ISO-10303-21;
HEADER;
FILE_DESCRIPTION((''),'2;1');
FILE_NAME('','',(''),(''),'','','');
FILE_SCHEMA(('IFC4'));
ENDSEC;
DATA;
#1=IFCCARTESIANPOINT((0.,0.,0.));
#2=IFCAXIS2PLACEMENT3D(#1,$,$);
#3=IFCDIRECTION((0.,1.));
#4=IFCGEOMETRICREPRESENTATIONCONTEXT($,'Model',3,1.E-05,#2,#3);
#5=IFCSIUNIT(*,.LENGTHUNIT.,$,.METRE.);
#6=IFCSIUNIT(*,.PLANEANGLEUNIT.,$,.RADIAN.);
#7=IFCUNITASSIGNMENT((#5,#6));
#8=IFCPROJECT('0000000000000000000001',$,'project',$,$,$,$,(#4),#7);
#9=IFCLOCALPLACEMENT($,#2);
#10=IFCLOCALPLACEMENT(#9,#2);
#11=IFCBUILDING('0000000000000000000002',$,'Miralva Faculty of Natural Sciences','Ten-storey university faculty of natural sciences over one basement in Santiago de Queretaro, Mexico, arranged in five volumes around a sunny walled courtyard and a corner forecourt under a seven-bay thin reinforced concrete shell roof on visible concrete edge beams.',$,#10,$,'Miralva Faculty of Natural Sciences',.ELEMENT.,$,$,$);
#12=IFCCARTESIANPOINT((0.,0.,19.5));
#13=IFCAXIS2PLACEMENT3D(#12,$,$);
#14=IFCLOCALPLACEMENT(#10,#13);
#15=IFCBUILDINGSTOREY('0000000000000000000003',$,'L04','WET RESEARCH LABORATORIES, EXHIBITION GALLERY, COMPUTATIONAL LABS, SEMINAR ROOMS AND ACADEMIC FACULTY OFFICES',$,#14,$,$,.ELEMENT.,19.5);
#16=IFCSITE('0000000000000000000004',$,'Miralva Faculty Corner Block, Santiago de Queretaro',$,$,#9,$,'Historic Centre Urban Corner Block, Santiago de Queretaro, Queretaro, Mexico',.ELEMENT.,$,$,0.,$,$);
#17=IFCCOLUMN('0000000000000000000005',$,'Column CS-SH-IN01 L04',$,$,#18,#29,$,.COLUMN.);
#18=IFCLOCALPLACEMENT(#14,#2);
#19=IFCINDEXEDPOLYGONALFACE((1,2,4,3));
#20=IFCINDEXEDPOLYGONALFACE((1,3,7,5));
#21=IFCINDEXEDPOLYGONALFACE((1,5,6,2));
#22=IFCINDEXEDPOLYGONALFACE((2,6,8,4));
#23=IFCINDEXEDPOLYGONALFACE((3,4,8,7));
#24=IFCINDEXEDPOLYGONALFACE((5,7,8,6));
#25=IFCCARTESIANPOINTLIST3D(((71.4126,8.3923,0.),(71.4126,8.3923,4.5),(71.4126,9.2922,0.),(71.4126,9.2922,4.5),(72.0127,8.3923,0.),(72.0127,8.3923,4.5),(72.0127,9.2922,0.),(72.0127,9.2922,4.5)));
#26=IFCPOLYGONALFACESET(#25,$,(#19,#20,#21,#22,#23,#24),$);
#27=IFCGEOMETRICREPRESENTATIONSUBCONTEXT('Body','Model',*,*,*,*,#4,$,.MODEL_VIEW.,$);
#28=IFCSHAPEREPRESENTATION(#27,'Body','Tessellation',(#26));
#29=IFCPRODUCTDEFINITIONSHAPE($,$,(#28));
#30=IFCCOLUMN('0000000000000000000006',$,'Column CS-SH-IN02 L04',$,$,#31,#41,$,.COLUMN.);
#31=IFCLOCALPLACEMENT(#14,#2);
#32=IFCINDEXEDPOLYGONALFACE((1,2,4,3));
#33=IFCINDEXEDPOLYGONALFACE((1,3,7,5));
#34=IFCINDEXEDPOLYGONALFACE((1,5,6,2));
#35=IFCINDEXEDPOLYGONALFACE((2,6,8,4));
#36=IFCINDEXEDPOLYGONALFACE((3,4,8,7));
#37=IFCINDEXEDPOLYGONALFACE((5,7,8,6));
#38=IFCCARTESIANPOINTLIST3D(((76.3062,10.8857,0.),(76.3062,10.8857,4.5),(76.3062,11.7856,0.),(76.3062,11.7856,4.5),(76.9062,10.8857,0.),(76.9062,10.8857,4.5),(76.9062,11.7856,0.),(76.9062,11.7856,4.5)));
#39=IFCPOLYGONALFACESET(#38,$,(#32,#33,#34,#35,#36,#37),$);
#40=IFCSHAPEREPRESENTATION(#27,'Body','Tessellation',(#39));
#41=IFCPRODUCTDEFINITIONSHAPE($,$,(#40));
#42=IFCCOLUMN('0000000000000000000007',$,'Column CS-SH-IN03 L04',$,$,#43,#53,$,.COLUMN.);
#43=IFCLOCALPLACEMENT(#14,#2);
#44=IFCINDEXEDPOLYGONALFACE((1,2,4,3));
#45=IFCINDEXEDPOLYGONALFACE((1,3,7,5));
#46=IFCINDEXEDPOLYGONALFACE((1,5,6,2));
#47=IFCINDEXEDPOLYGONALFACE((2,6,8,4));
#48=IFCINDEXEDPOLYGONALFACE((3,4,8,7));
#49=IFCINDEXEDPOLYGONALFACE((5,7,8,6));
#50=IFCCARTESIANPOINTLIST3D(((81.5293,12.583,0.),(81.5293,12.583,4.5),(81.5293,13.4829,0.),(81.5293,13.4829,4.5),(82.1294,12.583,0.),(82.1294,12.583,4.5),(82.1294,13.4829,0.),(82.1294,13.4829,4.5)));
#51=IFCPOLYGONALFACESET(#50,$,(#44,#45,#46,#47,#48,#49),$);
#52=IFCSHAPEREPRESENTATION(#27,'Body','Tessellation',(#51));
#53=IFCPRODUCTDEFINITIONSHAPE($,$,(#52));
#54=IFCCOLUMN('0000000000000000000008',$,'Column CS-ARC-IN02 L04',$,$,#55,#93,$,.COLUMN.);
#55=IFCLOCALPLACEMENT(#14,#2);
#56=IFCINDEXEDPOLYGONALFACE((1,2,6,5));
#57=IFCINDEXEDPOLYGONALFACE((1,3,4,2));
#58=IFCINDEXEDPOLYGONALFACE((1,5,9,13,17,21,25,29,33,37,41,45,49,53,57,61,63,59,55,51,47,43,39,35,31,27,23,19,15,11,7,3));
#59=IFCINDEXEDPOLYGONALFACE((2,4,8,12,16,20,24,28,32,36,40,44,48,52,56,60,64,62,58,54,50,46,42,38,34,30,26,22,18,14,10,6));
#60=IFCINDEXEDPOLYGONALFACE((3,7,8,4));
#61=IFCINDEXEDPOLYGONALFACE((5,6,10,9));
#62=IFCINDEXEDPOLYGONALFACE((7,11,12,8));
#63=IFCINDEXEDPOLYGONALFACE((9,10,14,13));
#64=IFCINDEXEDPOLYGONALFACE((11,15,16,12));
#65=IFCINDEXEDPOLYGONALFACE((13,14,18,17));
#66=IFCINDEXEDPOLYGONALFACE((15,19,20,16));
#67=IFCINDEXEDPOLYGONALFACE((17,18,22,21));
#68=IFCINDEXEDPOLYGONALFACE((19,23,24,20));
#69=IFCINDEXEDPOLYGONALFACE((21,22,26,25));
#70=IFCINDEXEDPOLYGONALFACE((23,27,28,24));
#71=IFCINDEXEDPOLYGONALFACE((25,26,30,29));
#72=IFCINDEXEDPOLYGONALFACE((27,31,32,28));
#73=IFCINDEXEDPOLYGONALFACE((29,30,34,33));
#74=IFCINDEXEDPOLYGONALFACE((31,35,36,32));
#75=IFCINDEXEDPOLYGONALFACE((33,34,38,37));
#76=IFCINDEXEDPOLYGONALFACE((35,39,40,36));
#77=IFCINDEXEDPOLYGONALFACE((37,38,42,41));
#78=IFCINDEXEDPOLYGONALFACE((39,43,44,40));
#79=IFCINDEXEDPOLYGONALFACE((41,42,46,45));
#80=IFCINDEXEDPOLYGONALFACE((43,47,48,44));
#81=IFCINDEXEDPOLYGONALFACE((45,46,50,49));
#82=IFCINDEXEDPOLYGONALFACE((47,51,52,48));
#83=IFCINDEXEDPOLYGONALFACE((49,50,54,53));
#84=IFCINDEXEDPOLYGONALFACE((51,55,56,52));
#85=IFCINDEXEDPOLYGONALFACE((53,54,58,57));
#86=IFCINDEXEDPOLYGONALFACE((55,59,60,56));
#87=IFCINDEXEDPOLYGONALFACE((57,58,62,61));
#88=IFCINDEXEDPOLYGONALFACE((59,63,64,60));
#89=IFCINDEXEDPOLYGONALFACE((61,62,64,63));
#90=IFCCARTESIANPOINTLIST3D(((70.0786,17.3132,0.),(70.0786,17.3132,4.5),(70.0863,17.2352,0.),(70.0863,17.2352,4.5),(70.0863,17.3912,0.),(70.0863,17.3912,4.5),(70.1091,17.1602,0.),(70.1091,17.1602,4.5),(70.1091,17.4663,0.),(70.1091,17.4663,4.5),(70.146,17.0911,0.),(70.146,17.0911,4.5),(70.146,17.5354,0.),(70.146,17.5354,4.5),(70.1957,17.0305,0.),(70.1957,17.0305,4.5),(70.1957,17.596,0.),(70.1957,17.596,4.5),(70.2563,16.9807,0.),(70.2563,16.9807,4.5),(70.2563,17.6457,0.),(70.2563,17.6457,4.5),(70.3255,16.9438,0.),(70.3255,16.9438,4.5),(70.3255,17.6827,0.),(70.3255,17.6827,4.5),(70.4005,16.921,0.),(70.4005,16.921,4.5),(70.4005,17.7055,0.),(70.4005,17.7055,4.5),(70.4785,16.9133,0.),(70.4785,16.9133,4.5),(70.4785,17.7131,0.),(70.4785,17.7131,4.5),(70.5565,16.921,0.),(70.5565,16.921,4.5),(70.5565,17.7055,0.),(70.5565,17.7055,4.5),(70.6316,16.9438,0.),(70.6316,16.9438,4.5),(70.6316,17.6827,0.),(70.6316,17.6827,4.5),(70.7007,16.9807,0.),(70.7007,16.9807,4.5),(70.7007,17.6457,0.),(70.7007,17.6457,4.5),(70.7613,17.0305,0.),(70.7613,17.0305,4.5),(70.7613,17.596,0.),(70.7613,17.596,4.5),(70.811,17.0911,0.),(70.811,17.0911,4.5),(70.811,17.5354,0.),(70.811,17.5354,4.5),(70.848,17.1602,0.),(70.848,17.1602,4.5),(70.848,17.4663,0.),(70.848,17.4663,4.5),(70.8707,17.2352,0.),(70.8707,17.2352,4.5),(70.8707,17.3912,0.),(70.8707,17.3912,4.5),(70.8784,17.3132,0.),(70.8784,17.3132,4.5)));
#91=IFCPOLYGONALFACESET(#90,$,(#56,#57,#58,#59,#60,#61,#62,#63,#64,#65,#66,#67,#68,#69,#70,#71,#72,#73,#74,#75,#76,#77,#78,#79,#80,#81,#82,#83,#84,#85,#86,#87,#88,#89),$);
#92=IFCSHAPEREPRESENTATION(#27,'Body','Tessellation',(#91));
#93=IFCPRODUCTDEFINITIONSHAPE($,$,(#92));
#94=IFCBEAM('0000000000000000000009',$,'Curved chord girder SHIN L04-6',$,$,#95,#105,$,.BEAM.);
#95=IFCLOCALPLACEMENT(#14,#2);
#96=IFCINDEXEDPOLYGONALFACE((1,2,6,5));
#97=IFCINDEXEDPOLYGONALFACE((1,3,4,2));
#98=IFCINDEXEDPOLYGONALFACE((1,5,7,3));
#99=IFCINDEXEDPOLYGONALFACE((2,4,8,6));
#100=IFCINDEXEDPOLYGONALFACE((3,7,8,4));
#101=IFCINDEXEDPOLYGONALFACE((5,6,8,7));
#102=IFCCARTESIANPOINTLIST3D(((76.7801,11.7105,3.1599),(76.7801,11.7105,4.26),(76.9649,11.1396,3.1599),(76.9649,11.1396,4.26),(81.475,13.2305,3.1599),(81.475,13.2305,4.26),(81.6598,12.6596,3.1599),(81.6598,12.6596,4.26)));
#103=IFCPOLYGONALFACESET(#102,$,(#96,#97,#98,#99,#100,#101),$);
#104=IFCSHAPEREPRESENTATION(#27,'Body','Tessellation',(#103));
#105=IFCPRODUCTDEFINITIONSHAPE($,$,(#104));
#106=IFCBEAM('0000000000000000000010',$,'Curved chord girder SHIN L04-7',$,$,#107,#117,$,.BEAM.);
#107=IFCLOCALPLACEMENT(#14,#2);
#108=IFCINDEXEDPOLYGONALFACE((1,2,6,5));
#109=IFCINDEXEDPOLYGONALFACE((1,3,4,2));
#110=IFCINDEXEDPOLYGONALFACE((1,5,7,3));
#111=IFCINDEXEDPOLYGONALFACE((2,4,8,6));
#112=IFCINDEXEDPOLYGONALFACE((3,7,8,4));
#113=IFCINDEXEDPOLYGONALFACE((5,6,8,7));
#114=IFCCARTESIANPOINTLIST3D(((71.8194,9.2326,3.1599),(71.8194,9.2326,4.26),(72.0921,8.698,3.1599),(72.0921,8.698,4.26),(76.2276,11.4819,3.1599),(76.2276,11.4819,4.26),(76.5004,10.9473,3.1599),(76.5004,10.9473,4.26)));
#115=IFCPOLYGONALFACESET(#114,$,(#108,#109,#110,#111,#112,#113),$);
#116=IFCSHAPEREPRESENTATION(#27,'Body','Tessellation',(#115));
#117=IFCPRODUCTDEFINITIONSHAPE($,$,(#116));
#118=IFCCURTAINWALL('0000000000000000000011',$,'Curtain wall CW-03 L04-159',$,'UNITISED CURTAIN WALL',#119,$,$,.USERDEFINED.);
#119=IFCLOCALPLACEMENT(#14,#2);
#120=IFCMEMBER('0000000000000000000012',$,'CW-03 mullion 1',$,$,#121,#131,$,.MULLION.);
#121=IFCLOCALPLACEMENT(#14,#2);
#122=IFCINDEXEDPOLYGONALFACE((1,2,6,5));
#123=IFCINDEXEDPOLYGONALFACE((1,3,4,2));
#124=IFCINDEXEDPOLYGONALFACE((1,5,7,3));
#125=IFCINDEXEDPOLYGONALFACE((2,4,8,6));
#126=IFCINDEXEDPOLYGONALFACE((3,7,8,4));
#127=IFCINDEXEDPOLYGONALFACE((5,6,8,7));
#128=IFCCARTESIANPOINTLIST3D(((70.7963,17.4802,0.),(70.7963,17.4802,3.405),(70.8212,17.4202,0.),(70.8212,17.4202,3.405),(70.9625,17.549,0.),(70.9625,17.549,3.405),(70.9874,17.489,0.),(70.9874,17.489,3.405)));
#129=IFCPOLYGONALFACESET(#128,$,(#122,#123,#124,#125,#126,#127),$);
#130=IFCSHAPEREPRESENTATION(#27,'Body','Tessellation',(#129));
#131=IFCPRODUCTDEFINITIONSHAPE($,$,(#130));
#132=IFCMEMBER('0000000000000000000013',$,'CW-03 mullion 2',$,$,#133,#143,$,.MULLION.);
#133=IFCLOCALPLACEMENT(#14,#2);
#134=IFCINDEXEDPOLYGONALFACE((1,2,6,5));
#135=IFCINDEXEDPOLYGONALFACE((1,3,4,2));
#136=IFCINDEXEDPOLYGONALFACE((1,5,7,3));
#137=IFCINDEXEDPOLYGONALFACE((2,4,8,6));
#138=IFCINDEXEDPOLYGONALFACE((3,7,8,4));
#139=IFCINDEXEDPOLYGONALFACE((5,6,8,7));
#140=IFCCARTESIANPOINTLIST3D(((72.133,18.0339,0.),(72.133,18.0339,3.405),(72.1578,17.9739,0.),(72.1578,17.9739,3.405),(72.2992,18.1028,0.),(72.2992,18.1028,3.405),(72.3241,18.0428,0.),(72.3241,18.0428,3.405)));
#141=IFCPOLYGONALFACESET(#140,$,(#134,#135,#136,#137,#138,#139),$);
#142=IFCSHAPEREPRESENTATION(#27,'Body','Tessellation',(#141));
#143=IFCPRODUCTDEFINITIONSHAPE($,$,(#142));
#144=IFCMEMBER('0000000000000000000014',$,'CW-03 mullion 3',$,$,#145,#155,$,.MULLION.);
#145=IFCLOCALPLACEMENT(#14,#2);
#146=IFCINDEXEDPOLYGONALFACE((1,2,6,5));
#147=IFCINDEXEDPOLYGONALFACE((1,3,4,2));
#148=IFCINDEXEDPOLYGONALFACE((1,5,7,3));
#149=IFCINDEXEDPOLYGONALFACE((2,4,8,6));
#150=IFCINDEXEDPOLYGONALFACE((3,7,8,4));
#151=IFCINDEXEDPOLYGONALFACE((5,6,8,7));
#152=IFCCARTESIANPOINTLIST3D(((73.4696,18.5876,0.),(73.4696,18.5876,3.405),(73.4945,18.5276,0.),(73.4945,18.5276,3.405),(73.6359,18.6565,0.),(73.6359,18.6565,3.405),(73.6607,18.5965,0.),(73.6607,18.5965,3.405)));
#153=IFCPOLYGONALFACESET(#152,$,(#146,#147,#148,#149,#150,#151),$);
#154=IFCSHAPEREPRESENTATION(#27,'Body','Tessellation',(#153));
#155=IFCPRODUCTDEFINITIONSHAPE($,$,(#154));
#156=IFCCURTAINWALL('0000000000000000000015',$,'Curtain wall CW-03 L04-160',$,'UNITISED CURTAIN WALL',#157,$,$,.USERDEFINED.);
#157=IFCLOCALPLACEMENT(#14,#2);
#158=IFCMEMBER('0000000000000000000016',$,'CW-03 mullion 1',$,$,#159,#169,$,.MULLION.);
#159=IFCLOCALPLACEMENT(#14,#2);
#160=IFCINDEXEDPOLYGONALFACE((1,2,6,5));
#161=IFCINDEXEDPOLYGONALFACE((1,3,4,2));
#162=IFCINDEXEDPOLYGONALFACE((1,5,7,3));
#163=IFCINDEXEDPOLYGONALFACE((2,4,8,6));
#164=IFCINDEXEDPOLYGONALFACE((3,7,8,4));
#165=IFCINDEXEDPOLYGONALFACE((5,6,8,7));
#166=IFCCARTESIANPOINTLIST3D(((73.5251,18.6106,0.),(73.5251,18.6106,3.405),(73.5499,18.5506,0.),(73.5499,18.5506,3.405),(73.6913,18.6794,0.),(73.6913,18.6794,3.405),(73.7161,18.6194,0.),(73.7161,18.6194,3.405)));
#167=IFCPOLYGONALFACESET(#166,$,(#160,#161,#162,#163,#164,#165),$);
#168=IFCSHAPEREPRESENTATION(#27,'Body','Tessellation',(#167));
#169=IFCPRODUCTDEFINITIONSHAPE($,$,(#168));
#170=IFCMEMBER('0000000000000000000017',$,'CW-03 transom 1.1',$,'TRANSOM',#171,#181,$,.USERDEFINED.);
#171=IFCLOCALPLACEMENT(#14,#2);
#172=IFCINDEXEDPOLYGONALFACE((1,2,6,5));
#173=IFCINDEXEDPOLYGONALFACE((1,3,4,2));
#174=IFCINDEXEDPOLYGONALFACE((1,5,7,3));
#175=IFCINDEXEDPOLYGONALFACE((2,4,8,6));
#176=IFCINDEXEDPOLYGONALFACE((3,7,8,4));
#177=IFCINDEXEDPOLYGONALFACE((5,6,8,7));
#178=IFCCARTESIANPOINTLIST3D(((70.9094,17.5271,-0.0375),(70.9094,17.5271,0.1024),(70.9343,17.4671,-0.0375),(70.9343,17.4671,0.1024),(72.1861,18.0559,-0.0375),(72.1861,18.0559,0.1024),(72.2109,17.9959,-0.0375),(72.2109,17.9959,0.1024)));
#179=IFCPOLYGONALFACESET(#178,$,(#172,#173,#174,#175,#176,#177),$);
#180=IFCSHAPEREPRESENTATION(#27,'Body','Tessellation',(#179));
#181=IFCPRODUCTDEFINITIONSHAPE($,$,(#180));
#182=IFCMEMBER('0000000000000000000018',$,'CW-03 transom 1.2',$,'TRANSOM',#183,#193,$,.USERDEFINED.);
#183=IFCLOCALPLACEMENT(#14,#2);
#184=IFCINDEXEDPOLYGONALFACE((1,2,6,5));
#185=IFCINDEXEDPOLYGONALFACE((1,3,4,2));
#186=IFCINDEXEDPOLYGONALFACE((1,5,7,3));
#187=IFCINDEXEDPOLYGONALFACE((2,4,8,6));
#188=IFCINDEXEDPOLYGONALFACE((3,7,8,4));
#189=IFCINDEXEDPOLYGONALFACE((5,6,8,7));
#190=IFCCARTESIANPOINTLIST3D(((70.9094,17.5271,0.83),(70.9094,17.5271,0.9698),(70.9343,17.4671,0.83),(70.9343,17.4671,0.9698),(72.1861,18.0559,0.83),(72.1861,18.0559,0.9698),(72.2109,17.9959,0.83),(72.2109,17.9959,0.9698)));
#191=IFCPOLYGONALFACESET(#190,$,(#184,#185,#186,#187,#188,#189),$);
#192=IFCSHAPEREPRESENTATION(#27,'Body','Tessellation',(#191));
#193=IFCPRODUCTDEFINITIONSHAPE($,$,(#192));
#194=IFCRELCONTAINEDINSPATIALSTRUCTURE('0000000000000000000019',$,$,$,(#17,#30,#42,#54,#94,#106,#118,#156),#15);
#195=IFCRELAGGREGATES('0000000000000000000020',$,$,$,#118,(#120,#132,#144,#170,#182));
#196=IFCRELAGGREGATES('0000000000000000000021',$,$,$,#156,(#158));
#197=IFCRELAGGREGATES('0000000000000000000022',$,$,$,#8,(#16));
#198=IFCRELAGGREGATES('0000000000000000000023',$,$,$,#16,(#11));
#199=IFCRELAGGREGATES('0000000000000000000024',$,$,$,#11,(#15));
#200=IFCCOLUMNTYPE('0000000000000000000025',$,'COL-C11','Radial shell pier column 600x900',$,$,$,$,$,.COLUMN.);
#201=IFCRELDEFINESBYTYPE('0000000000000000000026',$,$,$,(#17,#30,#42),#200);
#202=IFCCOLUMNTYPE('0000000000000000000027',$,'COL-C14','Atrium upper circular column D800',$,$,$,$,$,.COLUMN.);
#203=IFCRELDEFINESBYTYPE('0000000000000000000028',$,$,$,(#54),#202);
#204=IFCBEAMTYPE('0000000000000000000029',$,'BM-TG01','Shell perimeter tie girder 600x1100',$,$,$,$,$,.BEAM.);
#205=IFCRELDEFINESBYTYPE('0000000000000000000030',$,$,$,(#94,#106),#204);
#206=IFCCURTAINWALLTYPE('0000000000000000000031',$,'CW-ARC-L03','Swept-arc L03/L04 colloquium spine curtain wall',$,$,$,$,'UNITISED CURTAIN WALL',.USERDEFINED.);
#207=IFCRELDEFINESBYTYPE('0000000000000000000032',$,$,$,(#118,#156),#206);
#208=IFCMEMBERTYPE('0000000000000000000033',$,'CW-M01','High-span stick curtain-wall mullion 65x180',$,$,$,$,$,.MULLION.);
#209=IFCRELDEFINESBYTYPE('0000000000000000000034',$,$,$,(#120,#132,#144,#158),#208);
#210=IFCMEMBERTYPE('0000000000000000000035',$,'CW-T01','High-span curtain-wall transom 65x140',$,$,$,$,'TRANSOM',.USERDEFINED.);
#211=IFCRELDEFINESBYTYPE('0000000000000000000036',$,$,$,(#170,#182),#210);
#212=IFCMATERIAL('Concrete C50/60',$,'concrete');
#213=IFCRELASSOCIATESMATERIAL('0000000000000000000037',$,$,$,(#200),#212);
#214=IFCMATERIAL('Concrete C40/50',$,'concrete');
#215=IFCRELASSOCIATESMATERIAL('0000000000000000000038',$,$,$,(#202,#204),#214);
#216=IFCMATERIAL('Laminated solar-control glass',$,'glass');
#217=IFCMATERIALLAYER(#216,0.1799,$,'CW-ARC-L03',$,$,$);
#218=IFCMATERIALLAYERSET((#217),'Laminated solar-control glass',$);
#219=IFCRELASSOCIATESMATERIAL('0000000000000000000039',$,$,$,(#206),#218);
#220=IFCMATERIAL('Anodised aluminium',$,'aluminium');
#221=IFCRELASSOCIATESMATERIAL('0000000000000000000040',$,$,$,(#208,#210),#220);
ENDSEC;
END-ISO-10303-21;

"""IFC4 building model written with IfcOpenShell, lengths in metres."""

from ifc_helpers import new_model, si_unit, direction, frame, origin, origin_2d, place, context, subcontext, project, spatial, rectangle, circle, extrude, material, layer, layer_set, material_profile, profile_set, type_object, element, aggregate, save


model = new_model("IFC4")

# Units and contexts
model_context = context("Model", 3, precision=1e-05, world=origin(), true_north=direction((0.0, 1.0)))
body_context = subcontext(model_context, "Body", "Model", "MODEL_VIEW")
ifc_project = project(units=[si_unit("LENGTHUNIT", "METRE"), si_unit("PLANEANGLEUNIT", "RADIAN")], contexts=[model_context])

# Site, building, storey
site_placement = place(None, origin())
site = spatial("IfcSite", under=ifc_project, at=site_placement, Name="Miralva Faculty Corner Block, Santiago de Queretaro", LongName="Historic Centre Urban Corner Block, Santiago de Queretaro, Queretaro, Mexico", CompositionType="ELEMENT", RefElevation=0.0)
building_placement = place(site_placement, origin())
building = spatial("IfcBuilding", under=site, at=building_placement, Name="Miralva Faculty of Natural Sciences", Description="Ten-storey university faculty of natural sciences over one basement in Santiago de Queretaro, Mexico, arranged in five volumes around a sunny walled courtyard and a corner forecourt under a seven-bay thin reinforced concrete shell roof on visible concrete edge beams.", LongName="Miralva Faculty of Natural Sciences", CompositionType="ELEMENT")
storey_placement = place(building_placement, frame((0.0, 0.0, 19.5)))
storey = spatial("IfcBuildingStorey", under=building, at=storey_placement, Name="L04", Description="WET RESEARCH LABORATORIES, EXHIBITION GALLERY, COMPUTATIONAL LABS, SEMINAR ROOMS AND ACADEMIC FACULTY OFFICES", CompositionType="ELEMENT", Elevation=19.5)

# Columns
ifc_material_1 = material(Name="Concrete C50/60", Category="concrete")
ifc_material_profile_1 = material_profile(ifc_material_1, rectangle(XDim=0.6001, YDim=0.8999, at=origin_2d()), Name="RC 600x900")
ifc_profile_set_1 = profile_set([ifc_material_profile_1], Name="Concrete C50/60")
column_type_1 = type_object("IfcColumnType", Name="COL-C11", Description="Radial shell pier column 600x900", PredefinedType="COLUMN", material=ifc_profile_set_1)
for number, where, z_axis, x_axis, name in (
    (1, (71.7126, 8.8423, 0.0), (0.0, 0.0, 1.0), (1.0, 0.0, 0.0), "Column CS-SH-IN01 L04"),
    (2, (76.6062, 11.3357, 0.0), (0.0, 0.0, 1.0), (1.0, 0.0, 0.0), "Column CS-SH-IN02 L04"),
    (3, (81.8293, 13.033, 0.0), (0.0, 0.0, 1.0), (1.0, 0.0, 0.0), "Column CS-SH-IN03 L04"),
):
    element("IfcColumn", number, at=place(storey_placement, frame(where, z_axis=z_axis, x_axis=x_axis)), inside=storey, type_object=column_type_1, Name=name, PredefinedType="COLUMN", context=body_context, shape_type="SweptSolid", body=[
        extrude(rectangle(XDim=0.6001, YDim=0.8999, at=origin_2d()), origin(), (0.0, 0.0, 1.0), 4.5),
    ])
ifc_material_2 = material(Name="Concrete C40/50", Category="concrete")
ifc_material_profile_2 = material_profile(ifc_material_2, circle(Radius=0.3999, at=origin_2d()), Name="RC DIA 800")
ifc_profile_set_2 = profile_set([ifc_material_profile_2], Name="Concrete C40/50")
column_type_2 = type_object("IfcColumnType", Name="COL-C14", Description="Atrium upper circular column D800", PredefinedType="COLUMN", material=ifc_profile_set_2)
column_placement = place(storey_placement, frame((70.4785, 17.3132, 0.0), z_axis=(0.0, 0.0, 1.0), x_axis=(1.0, 0.0, 0.0)))
element("IfcColumn", 4, at=column_placement, inside=storey, type_object=column_type_2, Name="Column CS-ARC-IN02 L04", PredefinedType="COLUMN", context=body_context, shape_type="SweptSolid", body=[
    extrude(circle(Radius=0.3999, at=origin_2d()), origin(), (0.0, 0.0, 1.0), 4.5),
])

# Beams
ifc_material_profile_3 = material_profile(ifc_material_2, rectangle(XDim=0.6001, YDim=1.1001, at=origin_2d()), Name="RC 600x1100")
ifc_profile_set_3 = profile_set([ifc_material_profile_3], Name="Concrete C40/50")
beam_type = type_object("IfcBeamType", Name="BM-TG01", Description="Shell perimeter tie girder 600x1100", PredefinedType="BEAM", material=ifc_profile_set_3)
beam_1_placement = place(storey_placement, frame((81.5674, 12.9451, 3.71), z_axis=(-0.951379, -0.308023, 0.0), x_axis=(0.308023, -0.951379, 0.0)))
element("IfcBeam", 5, at=beam_1_placement, inside=storey, type_object=beam_type, Name="Curved chord girder SHIN L04-6", PredefinedType="BEAM", context=body_context, shape_type="SweptSolid", body=[
    extrude(rectangle(XDim=0.6001, YDim=1.1001, at=origin_2d()), origin(), (0.0, 0.0, 1.0), 4.9348),
])
beam_2_placement = place(storey_placement, frame((76.364, 11.2146, 3.71), z_axis=(-0.890747, -0.4545, 0.0), x_axis=(0.4545, -0.890747, 0.0)))
element("IfcBeam", 6, at=beam_2_placement, inside=storey, type_object=beam_type, Name="Curved chord girder SHIN L04-7", PredefinedType="BEAM", context=body_context, shape_type="SweptSolid", body=[
    extrude(rectangle(XDim=0.6001, YDim=1.1001, at=origin_2d()), origin(), (0.0, 0.0, 1.0), 4.949),
])

# Curtain wall, members
ifc_material_3 = material(Name="Laminated solar-control glass", Category="glass")
ifc_layer_1 = layer(ifc_material_3, 0.1799, Name="CW-ARC-L03")
ifc_layer_set_1 = layer_set([ifc_layer_1], Name="Laminated solar-control glass")
curtain_wall_type = type_object("IfcCurtainWallType", Name="CW-ARC-L03", Description="Swept-arc L03/L04 colloquium spine curtain wall", ElementType="UNITISED CURTAIN WALL", PredefinedType="USERDEFINED", material=ifc_layer_set_1)
curtain_wall_1_placement = place(storey_placement, origin())
curtain_wall_1 = element("IfcCurtainWall", 7, at=curtain_wall_1_placement, inside=storey, type_object=curtain_wall_type, Name="Curtain wall CW-03 L04-159", ObjectType="UNITISED CURTAIN WALL", PredefinedType="USERDEFINED")
ifc_material_4 = material(Name="Anodised aluminium", Category="aluminium")
ifc_material_profile_4 = material_profile(ifc_material_4, rectangle(XDim=0.0649, YDim=0.1799, at=origin_2d()), Name="MULLION 65x180")
ifc_profile_set_4 = profile_set([ifc_material_profile_4], Name="Anodised aluminium")
member_type_1 = type_object("IfcMemberType", Name="CW-M01", Description="High-span stick curtain-wall mullion 65x180", PredefinedType="MULLION", material=ifc_profile_set_4)
member_1_placement = place(storey_placement, frame((70.8918, 17.4846, 0.0), z_axis=(0.0, 0.0, 1.0), x_axis=(-0.382697, 0.923874, 0.0)))
member_1 = element("IfcMember", 8, at=member_1_placement, type_object=member_type_1, Name="CW-03 mullion 1", PredefinedType="MULLION", context=body_context, shape_type="SweptSolid", body=[
    extrude(rectangle(XDim=0.0649, YDim=0.1799, at=origin_2d()), origin(), (0.0, 0.0, 1.0), 3.405),
])
member_2_placement = place(storey_placement, frame((72.2285, 18.0383, 0.0), z_axis=(0.0, 0.0, 1.0), x_axis=(-0.382697, 0.923874, 0.0)))
member_2 = element("IfcMember", 9, at=member_2_placement, type_object=member_type_1, Name="CW-03 mullion 2", PredefinedType="MULLION", context=body_context, shape_type="SweptSolid", body=[
    extrude(rectangle(XDim=0.0649, YDim=0.1799, at=origin_2d()), origin(), (0.0, 0.0, 1.0), 3.405),
])
member_3_placement = place(storey_placement, frame((73.5652, 18.592, 0.0), z_axis=(0.0, 0.0, 1.0), x_axis=(-0.382697, 0.923874, 0.0)))
member_3 = element("IfcMember", 10, at=member_3_placement, type_object=member_type_1, Name="CW-03 mullion 3", PredefinedType="MULLION", context=body_context, shape_type="SweptSolid", body=[
    extrude(rectangle(XDim=0.0649, YDim=0.1799, at=origin_2d()), origin(), (0.0, 0.0, 1.0), 3.405),
])

# Curtain wall, member
curtain_wall_2_placement = place(storey_placement, origin())
curtain_wall_2 = element("IfcCurtainWall", 11, at=curtain_wall_2_placement, inside=storey, type_object=curtain_wall_type, Name="Curtain wall CW-03 L04-160", ObjectType="UNITISED CURTAIN WALL", PredefinedType="USERDEFINED")
member_4_placement = place(storey_placement, frame((73.6206, 18.615, 0.0), z_axis=(0.0, 0.0, 1.0), x_axis=(-0.382655, 0.923891, 0.0)))
member_4 = element("IfcMember", 12, at=member_4_placement, type_object=member_type_1, Name="CW-03 mullion 1", PredefinedType="MULLION", context=body_context, shape_type="SweptSolid", body=[
    extrude(rectangle(XDim=0.0649, YDim=0.1799, at=origin_2d()), origin(), (0.0, 0.0, 1.0), 3.405),
])

# Members
ifc_material_profile_5 = material_profile(ifc_material_4, rectangle(XDim=0.0649, YDim=0.1399, at=origin_2d()), Name="TRANSOM 65x140")
ifc_profile_set_5 = profile_set([ifc_material_profile_5], Name="Anodised aluminium")
member_type_2 = type_object("IfcMemberType", Name="CW-T01", Description="High-span curtain-wall transom 65x140", ElementType="TRANSOM", PredefinedType="USERDEFINED", material=ifc_profile_set_5)
member_5_placement = place(storey_placement, frame((70.9219, 17.4971, 0.0325), z_axis=(0.923875, 0.382695, 0.0), x_axis=(-0.382695, 0.923875, 0.0)))
member_5 = element("IfcMember", 13, at=member_5_placement, type_object=member_type_2, Name="CW-03 transom 1.1", ObjectType="TRANSOM", PredefinedType="USERDEFINED", context=body_context, shape_type="SweptSolid", body=[
    extrude(rectangle(XDim=0.0649, YDim=0.1399, at=origin_2d()), origin(), (0.0, 0.0, 1.0), 1.3818),
])
member_6_placement = place(storey_placement, frame((70.9219, 17.4971, 0.8999), z_axis=(0.923875, 0.382695, 0.0), x_axis=(-0.382695, 0.923875, 0.0)))
member_6 = element("IfcMember", 14, at=member_6_placement, type_object=member_type_2, Name="CW-03 transom 1.2", ObjectType="TRANSOM", PredefinedType="USERDEFINED", context=body_context, shape_type="SweptSolid", body=[
    extrude(rectangle(XDim=0.0649, YDim=0.1399, at=origin_2d()), origin(), (0.0, 0.0, 1.0), 1.3818),
])

aggregate(curtain_wall_1, [member_1, member_2, member_3, member_5, member_6])
aggregate(curtain_wall_2, [member_4])

save(model, "model.ifc")
